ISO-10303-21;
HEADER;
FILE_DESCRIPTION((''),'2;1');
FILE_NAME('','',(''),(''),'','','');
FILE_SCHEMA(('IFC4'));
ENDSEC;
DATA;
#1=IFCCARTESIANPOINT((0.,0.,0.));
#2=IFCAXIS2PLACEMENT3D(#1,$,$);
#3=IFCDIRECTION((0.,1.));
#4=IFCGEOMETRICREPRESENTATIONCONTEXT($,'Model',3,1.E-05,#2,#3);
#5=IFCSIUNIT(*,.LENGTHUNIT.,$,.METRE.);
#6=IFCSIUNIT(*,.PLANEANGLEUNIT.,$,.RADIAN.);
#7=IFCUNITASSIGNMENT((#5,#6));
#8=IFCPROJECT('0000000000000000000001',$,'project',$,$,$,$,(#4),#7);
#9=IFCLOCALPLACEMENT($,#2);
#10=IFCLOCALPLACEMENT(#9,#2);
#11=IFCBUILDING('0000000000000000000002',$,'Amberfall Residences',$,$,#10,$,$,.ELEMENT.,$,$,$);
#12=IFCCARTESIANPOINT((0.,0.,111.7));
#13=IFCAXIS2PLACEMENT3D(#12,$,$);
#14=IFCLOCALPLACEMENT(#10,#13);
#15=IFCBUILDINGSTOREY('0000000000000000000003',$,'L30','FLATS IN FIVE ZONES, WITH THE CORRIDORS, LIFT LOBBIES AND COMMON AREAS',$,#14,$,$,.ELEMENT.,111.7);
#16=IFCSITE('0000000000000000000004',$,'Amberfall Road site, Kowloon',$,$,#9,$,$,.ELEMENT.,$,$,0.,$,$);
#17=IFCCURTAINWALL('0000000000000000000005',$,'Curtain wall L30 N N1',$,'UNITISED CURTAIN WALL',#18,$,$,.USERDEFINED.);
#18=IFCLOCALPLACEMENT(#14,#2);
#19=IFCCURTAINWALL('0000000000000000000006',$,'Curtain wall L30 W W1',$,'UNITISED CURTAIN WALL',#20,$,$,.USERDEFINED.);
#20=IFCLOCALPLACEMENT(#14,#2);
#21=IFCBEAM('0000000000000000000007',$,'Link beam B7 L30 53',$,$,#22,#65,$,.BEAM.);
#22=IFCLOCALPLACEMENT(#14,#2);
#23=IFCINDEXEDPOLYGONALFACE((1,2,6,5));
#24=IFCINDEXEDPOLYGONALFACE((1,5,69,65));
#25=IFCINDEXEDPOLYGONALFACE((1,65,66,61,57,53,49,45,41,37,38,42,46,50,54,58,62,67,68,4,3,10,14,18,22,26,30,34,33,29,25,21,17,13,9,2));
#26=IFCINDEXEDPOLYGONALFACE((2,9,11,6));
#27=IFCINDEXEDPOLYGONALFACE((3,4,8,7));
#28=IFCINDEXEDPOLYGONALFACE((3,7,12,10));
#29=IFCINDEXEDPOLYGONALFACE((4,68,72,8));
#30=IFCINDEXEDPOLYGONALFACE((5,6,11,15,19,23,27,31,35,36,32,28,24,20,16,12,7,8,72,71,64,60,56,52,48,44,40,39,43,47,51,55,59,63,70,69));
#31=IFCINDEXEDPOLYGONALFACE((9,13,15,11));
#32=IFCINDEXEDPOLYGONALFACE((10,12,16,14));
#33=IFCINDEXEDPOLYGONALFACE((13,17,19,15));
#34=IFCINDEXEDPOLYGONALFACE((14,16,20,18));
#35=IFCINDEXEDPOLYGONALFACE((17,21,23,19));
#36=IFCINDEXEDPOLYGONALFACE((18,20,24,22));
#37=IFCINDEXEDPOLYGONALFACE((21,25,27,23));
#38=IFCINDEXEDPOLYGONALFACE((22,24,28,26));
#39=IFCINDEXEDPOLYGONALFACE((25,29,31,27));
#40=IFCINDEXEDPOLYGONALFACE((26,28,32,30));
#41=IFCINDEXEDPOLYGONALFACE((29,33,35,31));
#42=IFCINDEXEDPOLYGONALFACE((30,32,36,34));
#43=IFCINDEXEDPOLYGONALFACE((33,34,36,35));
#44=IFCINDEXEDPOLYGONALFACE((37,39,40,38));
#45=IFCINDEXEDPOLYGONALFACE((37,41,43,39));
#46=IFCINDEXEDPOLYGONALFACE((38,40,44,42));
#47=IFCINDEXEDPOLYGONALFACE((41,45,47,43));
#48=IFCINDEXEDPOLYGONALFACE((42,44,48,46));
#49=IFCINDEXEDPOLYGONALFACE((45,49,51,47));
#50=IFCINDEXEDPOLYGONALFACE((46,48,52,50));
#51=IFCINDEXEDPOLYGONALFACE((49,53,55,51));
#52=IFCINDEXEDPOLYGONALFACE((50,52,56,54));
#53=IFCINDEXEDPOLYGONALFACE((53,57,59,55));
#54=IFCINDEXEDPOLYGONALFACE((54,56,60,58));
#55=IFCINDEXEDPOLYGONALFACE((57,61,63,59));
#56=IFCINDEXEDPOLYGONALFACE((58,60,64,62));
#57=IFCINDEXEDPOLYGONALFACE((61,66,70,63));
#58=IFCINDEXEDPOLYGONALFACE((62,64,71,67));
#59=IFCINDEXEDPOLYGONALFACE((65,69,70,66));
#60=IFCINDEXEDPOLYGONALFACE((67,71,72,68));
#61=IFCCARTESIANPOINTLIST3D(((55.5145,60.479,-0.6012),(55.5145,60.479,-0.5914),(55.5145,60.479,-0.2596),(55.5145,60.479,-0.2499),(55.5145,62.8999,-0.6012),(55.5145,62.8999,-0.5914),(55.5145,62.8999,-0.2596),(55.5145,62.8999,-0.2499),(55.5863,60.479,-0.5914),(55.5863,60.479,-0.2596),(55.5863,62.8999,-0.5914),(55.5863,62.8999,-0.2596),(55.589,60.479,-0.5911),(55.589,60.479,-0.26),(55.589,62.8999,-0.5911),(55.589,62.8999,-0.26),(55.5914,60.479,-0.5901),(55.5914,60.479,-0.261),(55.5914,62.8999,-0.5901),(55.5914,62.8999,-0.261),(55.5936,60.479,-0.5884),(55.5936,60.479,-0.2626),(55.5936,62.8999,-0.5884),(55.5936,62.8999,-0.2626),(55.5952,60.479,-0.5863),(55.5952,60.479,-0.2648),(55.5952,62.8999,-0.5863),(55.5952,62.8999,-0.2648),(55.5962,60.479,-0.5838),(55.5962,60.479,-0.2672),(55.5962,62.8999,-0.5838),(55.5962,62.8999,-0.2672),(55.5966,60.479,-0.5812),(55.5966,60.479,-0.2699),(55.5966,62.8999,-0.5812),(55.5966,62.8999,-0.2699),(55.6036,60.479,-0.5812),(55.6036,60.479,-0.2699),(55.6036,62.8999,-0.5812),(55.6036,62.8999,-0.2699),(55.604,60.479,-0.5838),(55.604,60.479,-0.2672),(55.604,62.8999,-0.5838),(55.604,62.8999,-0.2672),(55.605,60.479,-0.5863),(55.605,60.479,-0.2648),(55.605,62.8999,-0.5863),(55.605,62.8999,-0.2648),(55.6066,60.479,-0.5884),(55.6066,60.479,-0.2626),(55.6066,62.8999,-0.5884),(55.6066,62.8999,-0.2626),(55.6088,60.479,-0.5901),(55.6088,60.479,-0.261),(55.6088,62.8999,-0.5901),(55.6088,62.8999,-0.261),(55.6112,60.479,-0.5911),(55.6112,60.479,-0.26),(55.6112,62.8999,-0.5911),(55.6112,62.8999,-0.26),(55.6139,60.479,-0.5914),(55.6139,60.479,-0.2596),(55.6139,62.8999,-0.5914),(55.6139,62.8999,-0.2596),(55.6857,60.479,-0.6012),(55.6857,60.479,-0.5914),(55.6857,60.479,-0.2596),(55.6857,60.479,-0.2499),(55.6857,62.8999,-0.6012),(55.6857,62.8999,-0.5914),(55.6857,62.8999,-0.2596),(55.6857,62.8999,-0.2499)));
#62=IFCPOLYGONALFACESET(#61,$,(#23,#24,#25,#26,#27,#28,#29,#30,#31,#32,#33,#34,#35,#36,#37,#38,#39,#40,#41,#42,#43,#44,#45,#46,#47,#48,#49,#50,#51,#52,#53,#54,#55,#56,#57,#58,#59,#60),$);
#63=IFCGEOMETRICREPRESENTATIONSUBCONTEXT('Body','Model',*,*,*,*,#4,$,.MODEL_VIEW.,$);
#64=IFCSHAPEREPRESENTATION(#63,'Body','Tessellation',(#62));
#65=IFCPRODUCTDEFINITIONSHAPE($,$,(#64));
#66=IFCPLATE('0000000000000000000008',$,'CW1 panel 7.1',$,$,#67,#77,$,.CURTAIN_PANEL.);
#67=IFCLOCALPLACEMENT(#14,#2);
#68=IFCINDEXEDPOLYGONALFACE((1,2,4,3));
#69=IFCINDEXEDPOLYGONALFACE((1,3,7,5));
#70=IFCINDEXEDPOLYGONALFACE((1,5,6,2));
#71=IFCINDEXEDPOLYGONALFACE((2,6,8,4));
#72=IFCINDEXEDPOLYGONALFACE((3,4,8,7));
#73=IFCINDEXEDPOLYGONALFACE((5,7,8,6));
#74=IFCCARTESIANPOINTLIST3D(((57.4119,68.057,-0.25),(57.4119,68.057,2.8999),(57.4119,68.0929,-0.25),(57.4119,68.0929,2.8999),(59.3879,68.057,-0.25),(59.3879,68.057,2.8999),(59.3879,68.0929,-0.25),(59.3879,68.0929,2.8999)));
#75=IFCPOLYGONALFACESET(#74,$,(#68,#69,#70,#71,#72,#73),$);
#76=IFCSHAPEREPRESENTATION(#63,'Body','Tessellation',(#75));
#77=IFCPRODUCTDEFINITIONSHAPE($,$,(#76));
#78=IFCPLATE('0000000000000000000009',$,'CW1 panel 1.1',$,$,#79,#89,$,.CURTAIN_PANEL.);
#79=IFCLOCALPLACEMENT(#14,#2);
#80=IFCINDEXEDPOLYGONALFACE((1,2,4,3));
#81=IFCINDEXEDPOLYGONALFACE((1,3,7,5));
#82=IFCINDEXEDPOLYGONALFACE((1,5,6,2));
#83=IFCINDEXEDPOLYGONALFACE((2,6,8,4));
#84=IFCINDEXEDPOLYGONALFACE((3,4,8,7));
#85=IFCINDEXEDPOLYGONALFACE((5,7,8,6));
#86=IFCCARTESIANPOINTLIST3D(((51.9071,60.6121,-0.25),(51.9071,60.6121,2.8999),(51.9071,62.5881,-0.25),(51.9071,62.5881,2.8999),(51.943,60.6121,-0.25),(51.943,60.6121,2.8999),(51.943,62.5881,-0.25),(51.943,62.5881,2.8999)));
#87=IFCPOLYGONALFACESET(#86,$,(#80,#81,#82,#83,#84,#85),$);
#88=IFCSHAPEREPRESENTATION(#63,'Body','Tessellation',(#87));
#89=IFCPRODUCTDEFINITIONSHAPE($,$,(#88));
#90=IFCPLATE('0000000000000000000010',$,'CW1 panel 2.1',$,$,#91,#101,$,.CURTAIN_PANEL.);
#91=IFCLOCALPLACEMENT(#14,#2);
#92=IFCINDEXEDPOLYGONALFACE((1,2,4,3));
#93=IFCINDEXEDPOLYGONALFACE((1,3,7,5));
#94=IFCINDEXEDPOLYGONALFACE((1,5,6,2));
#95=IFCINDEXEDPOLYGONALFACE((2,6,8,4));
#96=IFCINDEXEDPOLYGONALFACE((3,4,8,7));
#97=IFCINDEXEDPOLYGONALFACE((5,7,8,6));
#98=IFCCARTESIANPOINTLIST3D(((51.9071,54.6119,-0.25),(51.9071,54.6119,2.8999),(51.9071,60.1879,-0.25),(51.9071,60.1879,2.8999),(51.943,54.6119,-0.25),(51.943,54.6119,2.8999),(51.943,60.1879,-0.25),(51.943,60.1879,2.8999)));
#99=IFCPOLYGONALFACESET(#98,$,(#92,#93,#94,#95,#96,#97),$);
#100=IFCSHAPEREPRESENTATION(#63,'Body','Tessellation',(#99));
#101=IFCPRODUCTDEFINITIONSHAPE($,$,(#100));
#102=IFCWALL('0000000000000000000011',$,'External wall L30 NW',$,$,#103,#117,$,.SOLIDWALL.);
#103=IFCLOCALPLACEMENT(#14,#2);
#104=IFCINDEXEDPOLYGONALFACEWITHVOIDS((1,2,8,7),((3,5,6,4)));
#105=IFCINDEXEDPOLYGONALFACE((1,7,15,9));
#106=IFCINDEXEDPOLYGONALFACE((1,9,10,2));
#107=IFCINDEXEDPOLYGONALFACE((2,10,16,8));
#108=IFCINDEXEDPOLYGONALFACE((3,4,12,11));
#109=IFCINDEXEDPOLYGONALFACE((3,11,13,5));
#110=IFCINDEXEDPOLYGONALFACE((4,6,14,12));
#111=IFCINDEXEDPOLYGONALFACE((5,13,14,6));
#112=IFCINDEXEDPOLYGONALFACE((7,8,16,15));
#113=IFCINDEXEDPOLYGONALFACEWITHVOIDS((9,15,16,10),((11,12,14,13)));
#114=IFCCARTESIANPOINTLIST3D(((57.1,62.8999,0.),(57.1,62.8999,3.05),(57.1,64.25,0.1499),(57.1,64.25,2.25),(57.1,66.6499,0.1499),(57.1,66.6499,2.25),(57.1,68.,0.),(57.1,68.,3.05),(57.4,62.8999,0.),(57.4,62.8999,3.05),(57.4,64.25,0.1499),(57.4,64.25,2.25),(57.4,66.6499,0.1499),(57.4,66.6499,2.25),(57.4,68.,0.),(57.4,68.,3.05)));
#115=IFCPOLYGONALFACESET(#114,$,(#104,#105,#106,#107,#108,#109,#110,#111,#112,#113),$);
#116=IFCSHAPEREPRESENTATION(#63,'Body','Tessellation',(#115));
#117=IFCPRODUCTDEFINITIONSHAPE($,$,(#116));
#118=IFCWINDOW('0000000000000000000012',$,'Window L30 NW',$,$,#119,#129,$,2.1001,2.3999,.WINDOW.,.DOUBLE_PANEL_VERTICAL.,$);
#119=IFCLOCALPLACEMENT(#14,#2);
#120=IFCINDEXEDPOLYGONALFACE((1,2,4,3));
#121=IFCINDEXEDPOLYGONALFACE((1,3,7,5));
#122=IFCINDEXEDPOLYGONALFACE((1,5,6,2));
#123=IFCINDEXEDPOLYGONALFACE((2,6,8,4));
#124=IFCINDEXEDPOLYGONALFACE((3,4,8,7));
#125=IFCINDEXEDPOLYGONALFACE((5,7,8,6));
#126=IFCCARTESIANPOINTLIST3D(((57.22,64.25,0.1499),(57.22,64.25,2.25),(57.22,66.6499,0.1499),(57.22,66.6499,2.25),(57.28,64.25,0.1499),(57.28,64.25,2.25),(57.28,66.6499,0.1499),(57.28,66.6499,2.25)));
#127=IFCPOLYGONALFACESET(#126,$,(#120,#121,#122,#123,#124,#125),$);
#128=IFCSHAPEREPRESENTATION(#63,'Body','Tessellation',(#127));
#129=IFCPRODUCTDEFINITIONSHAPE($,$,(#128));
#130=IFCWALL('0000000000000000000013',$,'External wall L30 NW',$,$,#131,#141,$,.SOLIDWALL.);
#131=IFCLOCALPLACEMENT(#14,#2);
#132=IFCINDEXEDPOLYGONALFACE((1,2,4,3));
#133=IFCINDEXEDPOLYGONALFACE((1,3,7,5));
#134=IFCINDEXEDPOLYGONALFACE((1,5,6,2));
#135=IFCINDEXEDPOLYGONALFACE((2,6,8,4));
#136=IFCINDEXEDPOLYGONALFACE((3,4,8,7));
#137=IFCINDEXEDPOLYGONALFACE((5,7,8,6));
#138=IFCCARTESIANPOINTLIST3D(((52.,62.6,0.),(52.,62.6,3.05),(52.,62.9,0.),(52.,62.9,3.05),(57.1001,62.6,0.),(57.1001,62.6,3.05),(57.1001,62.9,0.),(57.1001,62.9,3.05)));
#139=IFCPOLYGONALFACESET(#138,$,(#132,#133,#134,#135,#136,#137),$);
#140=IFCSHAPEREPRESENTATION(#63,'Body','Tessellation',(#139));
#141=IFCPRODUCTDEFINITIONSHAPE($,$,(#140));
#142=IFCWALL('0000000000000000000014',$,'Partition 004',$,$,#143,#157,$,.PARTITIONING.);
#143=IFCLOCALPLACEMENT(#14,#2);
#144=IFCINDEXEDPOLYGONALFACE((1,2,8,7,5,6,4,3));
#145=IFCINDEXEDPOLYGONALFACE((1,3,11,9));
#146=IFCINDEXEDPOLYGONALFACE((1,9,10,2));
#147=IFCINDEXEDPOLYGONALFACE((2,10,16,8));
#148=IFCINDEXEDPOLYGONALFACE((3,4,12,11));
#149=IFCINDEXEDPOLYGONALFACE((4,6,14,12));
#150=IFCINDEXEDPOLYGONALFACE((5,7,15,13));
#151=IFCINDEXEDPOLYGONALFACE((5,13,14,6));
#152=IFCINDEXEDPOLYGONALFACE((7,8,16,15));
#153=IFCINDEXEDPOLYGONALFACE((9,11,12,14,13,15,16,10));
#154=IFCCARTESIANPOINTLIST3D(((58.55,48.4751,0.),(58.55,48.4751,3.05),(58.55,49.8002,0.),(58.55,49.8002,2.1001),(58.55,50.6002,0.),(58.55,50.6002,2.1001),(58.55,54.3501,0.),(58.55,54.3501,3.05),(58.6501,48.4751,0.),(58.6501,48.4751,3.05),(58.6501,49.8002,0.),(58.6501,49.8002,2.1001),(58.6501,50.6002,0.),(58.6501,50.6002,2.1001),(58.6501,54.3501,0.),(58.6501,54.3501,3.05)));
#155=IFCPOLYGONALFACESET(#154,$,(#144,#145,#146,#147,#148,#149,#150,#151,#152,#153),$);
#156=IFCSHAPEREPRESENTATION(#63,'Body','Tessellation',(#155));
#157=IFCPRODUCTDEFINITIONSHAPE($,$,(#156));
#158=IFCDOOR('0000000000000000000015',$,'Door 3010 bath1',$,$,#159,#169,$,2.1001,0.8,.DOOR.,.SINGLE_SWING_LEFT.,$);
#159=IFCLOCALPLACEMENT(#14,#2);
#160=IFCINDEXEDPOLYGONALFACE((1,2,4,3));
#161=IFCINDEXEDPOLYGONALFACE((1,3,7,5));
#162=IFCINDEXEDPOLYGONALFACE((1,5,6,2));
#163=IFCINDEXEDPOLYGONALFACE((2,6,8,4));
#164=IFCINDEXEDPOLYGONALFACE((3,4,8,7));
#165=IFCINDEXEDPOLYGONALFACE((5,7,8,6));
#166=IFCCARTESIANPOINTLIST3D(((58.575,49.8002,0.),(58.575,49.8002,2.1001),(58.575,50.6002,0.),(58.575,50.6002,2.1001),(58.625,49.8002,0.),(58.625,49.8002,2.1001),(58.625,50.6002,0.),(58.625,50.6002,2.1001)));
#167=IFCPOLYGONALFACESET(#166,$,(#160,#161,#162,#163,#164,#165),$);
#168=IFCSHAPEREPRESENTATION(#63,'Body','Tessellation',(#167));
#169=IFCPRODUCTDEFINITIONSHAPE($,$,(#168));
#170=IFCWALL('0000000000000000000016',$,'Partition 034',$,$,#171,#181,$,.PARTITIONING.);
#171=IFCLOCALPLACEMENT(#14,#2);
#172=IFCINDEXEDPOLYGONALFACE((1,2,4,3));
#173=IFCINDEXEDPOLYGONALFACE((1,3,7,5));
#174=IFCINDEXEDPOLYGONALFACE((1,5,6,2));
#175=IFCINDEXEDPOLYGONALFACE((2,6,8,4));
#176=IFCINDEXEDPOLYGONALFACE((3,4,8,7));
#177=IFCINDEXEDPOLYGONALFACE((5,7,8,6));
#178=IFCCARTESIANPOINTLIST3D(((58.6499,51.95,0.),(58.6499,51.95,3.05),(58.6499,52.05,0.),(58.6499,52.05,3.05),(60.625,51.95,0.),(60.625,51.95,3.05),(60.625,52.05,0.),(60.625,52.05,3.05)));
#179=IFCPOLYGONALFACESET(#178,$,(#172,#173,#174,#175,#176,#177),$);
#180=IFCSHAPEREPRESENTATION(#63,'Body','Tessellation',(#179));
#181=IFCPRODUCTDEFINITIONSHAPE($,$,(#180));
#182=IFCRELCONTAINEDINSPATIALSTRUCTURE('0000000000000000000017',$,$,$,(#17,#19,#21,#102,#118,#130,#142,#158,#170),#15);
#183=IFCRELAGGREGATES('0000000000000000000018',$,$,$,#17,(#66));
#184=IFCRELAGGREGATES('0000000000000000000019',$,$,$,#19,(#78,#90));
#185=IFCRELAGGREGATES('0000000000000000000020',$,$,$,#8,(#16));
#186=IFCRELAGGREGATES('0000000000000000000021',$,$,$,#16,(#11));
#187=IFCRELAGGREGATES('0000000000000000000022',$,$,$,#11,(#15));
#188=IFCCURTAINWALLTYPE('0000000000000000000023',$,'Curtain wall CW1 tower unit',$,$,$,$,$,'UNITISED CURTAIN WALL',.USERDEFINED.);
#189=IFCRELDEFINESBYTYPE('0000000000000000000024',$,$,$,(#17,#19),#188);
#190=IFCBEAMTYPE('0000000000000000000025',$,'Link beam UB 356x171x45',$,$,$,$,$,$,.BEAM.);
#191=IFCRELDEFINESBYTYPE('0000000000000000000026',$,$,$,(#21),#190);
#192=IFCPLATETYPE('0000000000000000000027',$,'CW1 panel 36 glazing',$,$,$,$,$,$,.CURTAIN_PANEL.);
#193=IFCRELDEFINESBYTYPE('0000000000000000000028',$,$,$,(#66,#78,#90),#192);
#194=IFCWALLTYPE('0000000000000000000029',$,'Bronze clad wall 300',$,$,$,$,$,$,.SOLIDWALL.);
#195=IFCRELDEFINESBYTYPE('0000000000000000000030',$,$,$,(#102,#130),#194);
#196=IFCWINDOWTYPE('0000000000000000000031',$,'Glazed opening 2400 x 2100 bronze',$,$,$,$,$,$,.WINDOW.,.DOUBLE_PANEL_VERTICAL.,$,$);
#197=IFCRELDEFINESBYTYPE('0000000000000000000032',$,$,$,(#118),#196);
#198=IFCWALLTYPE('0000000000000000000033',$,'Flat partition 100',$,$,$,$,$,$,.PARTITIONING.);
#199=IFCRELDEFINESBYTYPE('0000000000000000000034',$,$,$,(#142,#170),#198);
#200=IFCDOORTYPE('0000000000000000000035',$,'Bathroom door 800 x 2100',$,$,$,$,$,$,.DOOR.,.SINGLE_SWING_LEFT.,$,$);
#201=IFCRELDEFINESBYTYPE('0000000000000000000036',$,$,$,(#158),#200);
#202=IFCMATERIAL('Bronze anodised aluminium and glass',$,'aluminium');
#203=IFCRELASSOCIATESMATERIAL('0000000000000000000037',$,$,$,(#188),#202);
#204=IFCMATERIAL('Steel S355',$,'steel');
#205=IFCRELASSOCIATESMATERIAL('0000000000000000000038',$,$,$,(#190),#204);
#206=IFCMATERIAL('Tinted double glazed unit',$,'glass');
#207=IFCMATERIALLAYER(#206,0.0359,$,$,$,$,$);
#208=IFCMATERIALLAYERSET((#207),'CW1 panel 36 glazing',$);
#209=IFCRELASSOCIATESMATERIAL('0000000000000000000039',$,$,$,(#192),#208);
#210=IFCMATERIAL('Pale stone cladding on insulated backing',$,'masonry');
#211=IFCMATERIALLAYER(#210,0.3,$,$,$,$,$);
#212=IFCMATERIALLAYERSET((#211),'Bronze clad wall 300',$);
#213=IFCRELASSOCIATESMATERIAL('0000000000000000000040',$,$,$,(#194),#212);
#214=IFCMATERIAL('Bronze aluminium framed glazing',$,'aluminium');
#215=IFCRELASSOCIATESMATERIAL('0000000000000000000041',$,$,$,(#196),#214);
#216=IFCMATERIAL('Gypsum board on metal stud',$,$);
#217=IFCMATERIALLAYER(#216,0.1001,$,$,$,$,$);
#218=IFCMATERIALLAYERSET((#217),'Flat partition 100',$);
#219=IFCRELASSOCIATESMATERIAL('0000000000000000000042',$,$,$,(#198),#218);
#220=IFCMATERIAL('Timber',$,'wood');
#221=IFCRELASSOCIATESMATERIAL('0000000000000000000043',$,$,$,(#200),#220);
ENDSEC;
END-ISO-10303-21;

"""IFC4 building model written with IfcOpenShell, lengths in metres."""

from ifc_helpers import new_model, si_unit, direction, frame, frame_2d, origin, origin_2d, place, context, subcontext, project, spatial, rectangle, i_section, extrude, material, layer, layer_set, material_profile, profile_set, type_object, element, fill, aggregate, save


model = new_model("IFC4")

# Units and contexts
model_context = context("Model", 3, precision=1e-05, world=origin(), true_north=direction((0.0, 1.0)))
body_context = subcontext(model_context, "Body", "Model", "MODEL_VIEW")
ifc_project = project(units=[si_unit("LENGTHUNIT", "METRE"), si_unit("PLANEANGLEUNIT", "RADIAN")], contexts=[model_context])

# Site, building, storey
site_placement = place(None, origin())
site = spatial("IfcSite", under=ifc_project, at=site_placement, Name="Amberfall Road site, Kowloon", CompositionType="ELEMENT", RefElevation=0.0)
building_placement = place(site_placement, origin())
building = spatial("IfcBuilding", under=site, at=building_placement, Name="Amberfall Residences", CompositionType="ELEMENT")
storey_placement = place(building_placement, frame((0.0, 0.0, 111.7)))
storey = spatial("IfcBuildingStorey", under=building, at=storey_placement, Name="L30", Description="FLATS IN FIVE ZONES, WITH THE CORRIDORS, LIFT LOBBIES AND COMMON AREAS", CompositionType="ELEMENT", Elevation=111.7)

# Curtain wall
ifc_material_1 = material(Name="Bronze anodised aluminium and glass", Category="aluminium")
curtain_wall_type = type_object("IfcCurtainWallType", Name="Curtain wall CW1 tower unit", ElementType="UNITISED CURTAIN WALL", PredefinedType="USERDEFINED", material=ifc_material_1)
curtain_wall_1_placement = place(storey_placement, origin())
curtain_wall_1 = element("IfcCurtainWall", 1, at=curtain_wall_1_placement, inside=storey, type_object=curtain_wall_type, Name="Curtain wall L30 N N1", ObjectType="UNITISED CURTAIN WALL", PredefinedType="USERDEFINED")

# Curtain wall
curtain_wall_2_placement = place(storey_placement, origin())
curtain_wall_2 = element("IfcCurtainWall", 2, at=curtain_wall_2_placement, inside=storey, type_object=curtain_wall_type, Name="Curtain wall L30 W W1", ObjectType="UNITISED CURTAIN WALL", PredefinedType="USERDEFINED")

# Shared definitions
ifc_material_2 = material(Name="Steel S355", Category="steel")

# Beam
ifc_material_profile_1 = material_profile(ifc_material_2, i_section(OverallWidth=0.1711, OverallDepth=0.3513, WebThickness=0.0071, FlangeThickness=0.0098, FilletRadius=0.0103, at=origin_2d()), Name="UB 356x171x45")
ifc_profile_set_1 = profile_set([ifc_material_profile_1], Name="Steel S355")
beam_type_1 = type_object("IfcBeamType", Name="Link beam UB 356x171x45", PredefinedType="BEAM", material=ifc_profile_set_1)
beam_1_placement = place(storey_placement, frame((55.6001, 62.8999, -0.4255), z_axis=(0.0, -1.0, 0.0), x_axis=(1.0, 0.0, 0.0)))
element("IfcBeam", 3, at=beam_1_placement, inside=storey, type_object=beam_type_1, Name="Link beam B7 L30 53", PredefinedType="BEAM", context=body_context, shape_type="SweptSolid", body=[
    extrude(i_section(OverallWidth=0.1711, OverallDepth=0.3513, WebThickness=0.0071, FlangeThickness=0.0098, FilletRadius=0.0103, at=origin_2d()), origin(), (0.0, 0.0, 1.0), 2.4209),
])

# Plates
ifc_material_3 = material(Name="Tinted double glazed unit", Category="glass")
ifc_layer_1 = layer(ifc_material_3, 0.0359)
ifc_layer_set_1 = layer_set([ifc_layer_1], Name="CW1 panel 36 glazing")
plate_type = type_object("IfcPlateType", Name="CW1 panel 36 glazing", PredefinedType="CURTAIN_PANEL", material=ifc_layer_set_1)
plate_1_placement = place(storey_placement, frame((58.3999, 68.075, -0.25), z_axis=(0.0, 0.0, 1.0), x_axis=(-1.0, 0.0, 0.0)))
plate_1 = element("IfcPlate", 4, at=plate_1_placement, type_object=plate_type, Name="CW1 panel 7.1", PredefinedType="CURTAIN_PANEL", context=body_context, shape_type="SweptSolid", body=[
    extrude(rectangle(XDim=1.9761, YDim=0.0359, at=origin_2d()), origin(), (0.0, 0.0, 1.0), 3.1499),
])
aggregate(curtain_wall_1, [plate_1])
plate_2_placement = place(storey_placement, frame((51.925, 61.6001, -0.25), z_axis=(0.0, 0.0, 1.0), x_axis=(0.0, -1.0, 0.0)))
plate_2 = element("IfcPlate", 5, at=plate_2_placement, type_object=plate_type, Name="CW1 panel 1.1", PredefinedType="CURTAIN_PANEL", context=body_context, shape_type="SweptSolid", body=[
    extrude(rectangle(XDim=1.9761, YDim=0.0359, at=origin_2d()), origin(), (0.0, 0.0, 1.0), 3.1499),
])
plate_3_placement = place(storey_placement, frame((51.925, 57.3999, -0.25), z_axis=(0.0, 0.0, 1.0), x_axis=(0.0, -1.0, 0.0)))
plate_3 = element("IfcPlate", 6, at=plate_3_placement, type_object=plate_type, Name="CW1 panel 2.1", PredefinedType="CURTAIN_PANEL", context=body_context, shape_type="SweptSolid", body=[
    extrude(rectangle(XDim=5.5759, YDim=0.0359, at=origin_2d()), origin(), (0.0, 0.0, 1.0), 3.1499),
])
aggregate(curtain_wall_2, [plate_2, plate_3])

# Wall, opening, window
ifc_material_4 = material(Name="Pale stone cladding on insulated backing", Category="masonry")
ifc_layer_2 = layer(ifc_material_4, 0.3)
ifc_layer_set_2 = layer_set([ifc_layer_2], Name="Bronze clad wall 300")
wall_type_1 = type_object("IfcWallType", Name="Bronze clad wall 300", PredefinedType="SOLIDWALL", material=ifc_layer_set_2)
wall_1_placement = place(storey_placement, frame((57.25, 68.0, 0.0), z_axis=(0.0, 0.0, 1.0), x_axis=(0.0, -1.0, 0.0)))
wall_1 = element("IfcWall", 7, at=wall_1_placement, inside=storey, type_object=wall_type_1, Name="External wall L30 NW", PredefinedType="SOLIDWALL", context=body_context, shape_type="SweptSolid", body=[
    extrude(rectangle(XDim=5.1001, YDim=0.3, at=frame_2d((2.55, 0.0))), origin(), (0.0, 0.0, 1.0), 3.05),
])
opening_1_placement = place(wall_1_placement, frame((1.3501, 0.0, 0.1499)))
opening_1 = element("IfcOpeningElement", 8, at=opening_1_placement, cuts=wall_1, PredefinedType="OPENING", context=body_context, shape_type="SweptSolid", body=[
    extrude(rectangle(XDim=2.3999, YDim=2.1001, at=frame_2d((1.2, 1.05))), frame((0.0, 0.1599, 0.0), z_axis=(0.0, -1.0, 0.0), x_axis=(1.0, 0.0, 0.0)), (0.0, 0.0, 1.0), 0.3201),
])
ifc_material_5 = material(Name="Bronze aluminium framed glazing", Category="aluminium")
window_type = type_object("IfcWindowType", Name="Glazed opening 2400 x 2100 bronze", PartitioningType="DOUBLE_PANEL_VERTICAL", PredefinedType="WINDOW", material=ifc_material_5)
window_placement = place(opening_1_placement, origin())
window = element("IfcWindow", 9, at=window_placement, inside=storey, type_object=window_type, Name="Window L30 NW", OverallHeight=2.1001, OverallWidth=2.3999, PartitioningType="DOUBLE_PANEL_VERTICAL", PredefinedType="WINDOW", context=body_context, shape_type="SweptSolid", body=[
    extrude(rectangle(XDim=2.3999, YDim=2.1001, at=frame_2d((1.2, 1.05))), frame((0.0, 0.03, 0.0), z_axis=(0.0, -1.0, 0.0), x_axis=(1.0, 0.0, 0.0)), (0.0, 0.0, 1.0), 0.0601),
])
fill(opening_1, window)

# Wall
wall_2_placement = place(storey_placement, frame((57.1001, 62.75, 0.0), z_axis=(0.0, 0.0, 1.0), x_axis=(-1.0, 0.0, 0.0)))
element("IfcWall", 10, at=wall_2_placement, inside=storey, type_object=wall_type_1, Name="External wall L30 NW", PredefinedType="SOLIDWALL", context=body_context, shape_type="SweptSolid", body=[
    extrude(rectangle(XDim=5.1001, YDim=0.3, at=frame_2d((2.55, 0.0))), origin(), (0.0, 0.0, 1.0), 3.05),
])

# Wall, opening, door
ifc_material_6 = material(Name="Gypsum board on metal stud")
ifc_layer_3 = layer(ifc_material_6, 0.1001)
ifc_layer_set_3 = layer_set([ifc_layer_3], Name="Flat partition 100")
wall_type_2 = type_object("IfcWallType", Name="Flat partition 100", PredefinedType="PARTITIONING", material=ifc_layer_set_3)
wall_3_placement = place(storey_placement, frame((58.6001, 54.3501, 0.0), z_axis=(0.0, 0.0, 1.0), x_axis=(0.0, -1.0, 0.0)))
wall_3 = element("IfcWall", 11, at=wall_3_placement, inside=storey, type_object=wall_type_2, Name="Partition 004", PredefinedType="PARTITIONING", context=body_context, shape_type="SweptSolid", body=[
    extrude(rectangle(XDim=5.875, YDim=0.1001, at=frame_2d((2.9375, 0.0))), origin(), (0.0, 0.0, 1.0), 3.05),
])
opening_2_placement = place(wall_3_placement, frame((3.75, 0.0, 0.0)))
opening_2 = element("IfcOpeningElement", 12, at=opening_2_placement, cuts=wall_3, PredefinedType="OPENING", context=body_context, shape_type="SweptSolid", body=[
    extrude(rectangle(XDim=0.8, YDim=2.1001, at=frame_2d((0.3999, 1.05))), frame((0.0, 0.0601, 0.0), z_axis=(0.0, -1.0, 0.0), x_axis=(1.0, 0.0, 0.0)), (0.0, 0.0, 1.0), 0.1201),
])
ifc_material_7 = material(Name="Timber", Category="wood")
door_type = type_object("IfcDoorType", Name="Bathroom door 800 x 2100", OperationType="SINGLE_SWING_LEFT", PredefinedType="DOOR", material=ifc_material_7)
door_placement = place(opening_2_placement, origin())
door = element("IfcDoor", 13, at=door_placement, inside=storey, type_object=door_type, Name="Door 3010 bath1", OperationType="SINGLE_SWING_LEFT", OverallHeight=2.1001, OverallWidth=0.8, PredefinedType="DOOR", context=body_context, shape_type="SweptSolid", body=[
    extrude(rectangle(XDim=0.8, YDim=2.1001, at=frame_2d((0.3999, 1.05))), frame((0.0, 0.0249, 0.0), z_axis=(0.0, -1.0, 0.0), x_axis=(1.0, 0.0, 0.0)), (0.0, 0.0, 1.0), 0.05),
])
fill(opening_2, door)

# Wall
wall_4_placement = place(storey_placement, frame((58.6499, 52.0, 0.0), z_axis=(0.0, 0.0, 1.0), x_axis=(1.0, 0.0, 0.0)))
element("IfcWall", 14, at=wall_4_placement, inside=storey, type_object=wall_type_2, Name="Partition 034", PredefinedType="PARTITIONING", context=body_context, shape_type="SweptSolid", body=[
    extrude(rectangle(XDim=1.9751, YDim=0.1001, at=frame_2d((0.9875, 0.0))), origin(), (0.0, 0.0, 1.0), 3.05),
])

save(model, "model.ifc")
